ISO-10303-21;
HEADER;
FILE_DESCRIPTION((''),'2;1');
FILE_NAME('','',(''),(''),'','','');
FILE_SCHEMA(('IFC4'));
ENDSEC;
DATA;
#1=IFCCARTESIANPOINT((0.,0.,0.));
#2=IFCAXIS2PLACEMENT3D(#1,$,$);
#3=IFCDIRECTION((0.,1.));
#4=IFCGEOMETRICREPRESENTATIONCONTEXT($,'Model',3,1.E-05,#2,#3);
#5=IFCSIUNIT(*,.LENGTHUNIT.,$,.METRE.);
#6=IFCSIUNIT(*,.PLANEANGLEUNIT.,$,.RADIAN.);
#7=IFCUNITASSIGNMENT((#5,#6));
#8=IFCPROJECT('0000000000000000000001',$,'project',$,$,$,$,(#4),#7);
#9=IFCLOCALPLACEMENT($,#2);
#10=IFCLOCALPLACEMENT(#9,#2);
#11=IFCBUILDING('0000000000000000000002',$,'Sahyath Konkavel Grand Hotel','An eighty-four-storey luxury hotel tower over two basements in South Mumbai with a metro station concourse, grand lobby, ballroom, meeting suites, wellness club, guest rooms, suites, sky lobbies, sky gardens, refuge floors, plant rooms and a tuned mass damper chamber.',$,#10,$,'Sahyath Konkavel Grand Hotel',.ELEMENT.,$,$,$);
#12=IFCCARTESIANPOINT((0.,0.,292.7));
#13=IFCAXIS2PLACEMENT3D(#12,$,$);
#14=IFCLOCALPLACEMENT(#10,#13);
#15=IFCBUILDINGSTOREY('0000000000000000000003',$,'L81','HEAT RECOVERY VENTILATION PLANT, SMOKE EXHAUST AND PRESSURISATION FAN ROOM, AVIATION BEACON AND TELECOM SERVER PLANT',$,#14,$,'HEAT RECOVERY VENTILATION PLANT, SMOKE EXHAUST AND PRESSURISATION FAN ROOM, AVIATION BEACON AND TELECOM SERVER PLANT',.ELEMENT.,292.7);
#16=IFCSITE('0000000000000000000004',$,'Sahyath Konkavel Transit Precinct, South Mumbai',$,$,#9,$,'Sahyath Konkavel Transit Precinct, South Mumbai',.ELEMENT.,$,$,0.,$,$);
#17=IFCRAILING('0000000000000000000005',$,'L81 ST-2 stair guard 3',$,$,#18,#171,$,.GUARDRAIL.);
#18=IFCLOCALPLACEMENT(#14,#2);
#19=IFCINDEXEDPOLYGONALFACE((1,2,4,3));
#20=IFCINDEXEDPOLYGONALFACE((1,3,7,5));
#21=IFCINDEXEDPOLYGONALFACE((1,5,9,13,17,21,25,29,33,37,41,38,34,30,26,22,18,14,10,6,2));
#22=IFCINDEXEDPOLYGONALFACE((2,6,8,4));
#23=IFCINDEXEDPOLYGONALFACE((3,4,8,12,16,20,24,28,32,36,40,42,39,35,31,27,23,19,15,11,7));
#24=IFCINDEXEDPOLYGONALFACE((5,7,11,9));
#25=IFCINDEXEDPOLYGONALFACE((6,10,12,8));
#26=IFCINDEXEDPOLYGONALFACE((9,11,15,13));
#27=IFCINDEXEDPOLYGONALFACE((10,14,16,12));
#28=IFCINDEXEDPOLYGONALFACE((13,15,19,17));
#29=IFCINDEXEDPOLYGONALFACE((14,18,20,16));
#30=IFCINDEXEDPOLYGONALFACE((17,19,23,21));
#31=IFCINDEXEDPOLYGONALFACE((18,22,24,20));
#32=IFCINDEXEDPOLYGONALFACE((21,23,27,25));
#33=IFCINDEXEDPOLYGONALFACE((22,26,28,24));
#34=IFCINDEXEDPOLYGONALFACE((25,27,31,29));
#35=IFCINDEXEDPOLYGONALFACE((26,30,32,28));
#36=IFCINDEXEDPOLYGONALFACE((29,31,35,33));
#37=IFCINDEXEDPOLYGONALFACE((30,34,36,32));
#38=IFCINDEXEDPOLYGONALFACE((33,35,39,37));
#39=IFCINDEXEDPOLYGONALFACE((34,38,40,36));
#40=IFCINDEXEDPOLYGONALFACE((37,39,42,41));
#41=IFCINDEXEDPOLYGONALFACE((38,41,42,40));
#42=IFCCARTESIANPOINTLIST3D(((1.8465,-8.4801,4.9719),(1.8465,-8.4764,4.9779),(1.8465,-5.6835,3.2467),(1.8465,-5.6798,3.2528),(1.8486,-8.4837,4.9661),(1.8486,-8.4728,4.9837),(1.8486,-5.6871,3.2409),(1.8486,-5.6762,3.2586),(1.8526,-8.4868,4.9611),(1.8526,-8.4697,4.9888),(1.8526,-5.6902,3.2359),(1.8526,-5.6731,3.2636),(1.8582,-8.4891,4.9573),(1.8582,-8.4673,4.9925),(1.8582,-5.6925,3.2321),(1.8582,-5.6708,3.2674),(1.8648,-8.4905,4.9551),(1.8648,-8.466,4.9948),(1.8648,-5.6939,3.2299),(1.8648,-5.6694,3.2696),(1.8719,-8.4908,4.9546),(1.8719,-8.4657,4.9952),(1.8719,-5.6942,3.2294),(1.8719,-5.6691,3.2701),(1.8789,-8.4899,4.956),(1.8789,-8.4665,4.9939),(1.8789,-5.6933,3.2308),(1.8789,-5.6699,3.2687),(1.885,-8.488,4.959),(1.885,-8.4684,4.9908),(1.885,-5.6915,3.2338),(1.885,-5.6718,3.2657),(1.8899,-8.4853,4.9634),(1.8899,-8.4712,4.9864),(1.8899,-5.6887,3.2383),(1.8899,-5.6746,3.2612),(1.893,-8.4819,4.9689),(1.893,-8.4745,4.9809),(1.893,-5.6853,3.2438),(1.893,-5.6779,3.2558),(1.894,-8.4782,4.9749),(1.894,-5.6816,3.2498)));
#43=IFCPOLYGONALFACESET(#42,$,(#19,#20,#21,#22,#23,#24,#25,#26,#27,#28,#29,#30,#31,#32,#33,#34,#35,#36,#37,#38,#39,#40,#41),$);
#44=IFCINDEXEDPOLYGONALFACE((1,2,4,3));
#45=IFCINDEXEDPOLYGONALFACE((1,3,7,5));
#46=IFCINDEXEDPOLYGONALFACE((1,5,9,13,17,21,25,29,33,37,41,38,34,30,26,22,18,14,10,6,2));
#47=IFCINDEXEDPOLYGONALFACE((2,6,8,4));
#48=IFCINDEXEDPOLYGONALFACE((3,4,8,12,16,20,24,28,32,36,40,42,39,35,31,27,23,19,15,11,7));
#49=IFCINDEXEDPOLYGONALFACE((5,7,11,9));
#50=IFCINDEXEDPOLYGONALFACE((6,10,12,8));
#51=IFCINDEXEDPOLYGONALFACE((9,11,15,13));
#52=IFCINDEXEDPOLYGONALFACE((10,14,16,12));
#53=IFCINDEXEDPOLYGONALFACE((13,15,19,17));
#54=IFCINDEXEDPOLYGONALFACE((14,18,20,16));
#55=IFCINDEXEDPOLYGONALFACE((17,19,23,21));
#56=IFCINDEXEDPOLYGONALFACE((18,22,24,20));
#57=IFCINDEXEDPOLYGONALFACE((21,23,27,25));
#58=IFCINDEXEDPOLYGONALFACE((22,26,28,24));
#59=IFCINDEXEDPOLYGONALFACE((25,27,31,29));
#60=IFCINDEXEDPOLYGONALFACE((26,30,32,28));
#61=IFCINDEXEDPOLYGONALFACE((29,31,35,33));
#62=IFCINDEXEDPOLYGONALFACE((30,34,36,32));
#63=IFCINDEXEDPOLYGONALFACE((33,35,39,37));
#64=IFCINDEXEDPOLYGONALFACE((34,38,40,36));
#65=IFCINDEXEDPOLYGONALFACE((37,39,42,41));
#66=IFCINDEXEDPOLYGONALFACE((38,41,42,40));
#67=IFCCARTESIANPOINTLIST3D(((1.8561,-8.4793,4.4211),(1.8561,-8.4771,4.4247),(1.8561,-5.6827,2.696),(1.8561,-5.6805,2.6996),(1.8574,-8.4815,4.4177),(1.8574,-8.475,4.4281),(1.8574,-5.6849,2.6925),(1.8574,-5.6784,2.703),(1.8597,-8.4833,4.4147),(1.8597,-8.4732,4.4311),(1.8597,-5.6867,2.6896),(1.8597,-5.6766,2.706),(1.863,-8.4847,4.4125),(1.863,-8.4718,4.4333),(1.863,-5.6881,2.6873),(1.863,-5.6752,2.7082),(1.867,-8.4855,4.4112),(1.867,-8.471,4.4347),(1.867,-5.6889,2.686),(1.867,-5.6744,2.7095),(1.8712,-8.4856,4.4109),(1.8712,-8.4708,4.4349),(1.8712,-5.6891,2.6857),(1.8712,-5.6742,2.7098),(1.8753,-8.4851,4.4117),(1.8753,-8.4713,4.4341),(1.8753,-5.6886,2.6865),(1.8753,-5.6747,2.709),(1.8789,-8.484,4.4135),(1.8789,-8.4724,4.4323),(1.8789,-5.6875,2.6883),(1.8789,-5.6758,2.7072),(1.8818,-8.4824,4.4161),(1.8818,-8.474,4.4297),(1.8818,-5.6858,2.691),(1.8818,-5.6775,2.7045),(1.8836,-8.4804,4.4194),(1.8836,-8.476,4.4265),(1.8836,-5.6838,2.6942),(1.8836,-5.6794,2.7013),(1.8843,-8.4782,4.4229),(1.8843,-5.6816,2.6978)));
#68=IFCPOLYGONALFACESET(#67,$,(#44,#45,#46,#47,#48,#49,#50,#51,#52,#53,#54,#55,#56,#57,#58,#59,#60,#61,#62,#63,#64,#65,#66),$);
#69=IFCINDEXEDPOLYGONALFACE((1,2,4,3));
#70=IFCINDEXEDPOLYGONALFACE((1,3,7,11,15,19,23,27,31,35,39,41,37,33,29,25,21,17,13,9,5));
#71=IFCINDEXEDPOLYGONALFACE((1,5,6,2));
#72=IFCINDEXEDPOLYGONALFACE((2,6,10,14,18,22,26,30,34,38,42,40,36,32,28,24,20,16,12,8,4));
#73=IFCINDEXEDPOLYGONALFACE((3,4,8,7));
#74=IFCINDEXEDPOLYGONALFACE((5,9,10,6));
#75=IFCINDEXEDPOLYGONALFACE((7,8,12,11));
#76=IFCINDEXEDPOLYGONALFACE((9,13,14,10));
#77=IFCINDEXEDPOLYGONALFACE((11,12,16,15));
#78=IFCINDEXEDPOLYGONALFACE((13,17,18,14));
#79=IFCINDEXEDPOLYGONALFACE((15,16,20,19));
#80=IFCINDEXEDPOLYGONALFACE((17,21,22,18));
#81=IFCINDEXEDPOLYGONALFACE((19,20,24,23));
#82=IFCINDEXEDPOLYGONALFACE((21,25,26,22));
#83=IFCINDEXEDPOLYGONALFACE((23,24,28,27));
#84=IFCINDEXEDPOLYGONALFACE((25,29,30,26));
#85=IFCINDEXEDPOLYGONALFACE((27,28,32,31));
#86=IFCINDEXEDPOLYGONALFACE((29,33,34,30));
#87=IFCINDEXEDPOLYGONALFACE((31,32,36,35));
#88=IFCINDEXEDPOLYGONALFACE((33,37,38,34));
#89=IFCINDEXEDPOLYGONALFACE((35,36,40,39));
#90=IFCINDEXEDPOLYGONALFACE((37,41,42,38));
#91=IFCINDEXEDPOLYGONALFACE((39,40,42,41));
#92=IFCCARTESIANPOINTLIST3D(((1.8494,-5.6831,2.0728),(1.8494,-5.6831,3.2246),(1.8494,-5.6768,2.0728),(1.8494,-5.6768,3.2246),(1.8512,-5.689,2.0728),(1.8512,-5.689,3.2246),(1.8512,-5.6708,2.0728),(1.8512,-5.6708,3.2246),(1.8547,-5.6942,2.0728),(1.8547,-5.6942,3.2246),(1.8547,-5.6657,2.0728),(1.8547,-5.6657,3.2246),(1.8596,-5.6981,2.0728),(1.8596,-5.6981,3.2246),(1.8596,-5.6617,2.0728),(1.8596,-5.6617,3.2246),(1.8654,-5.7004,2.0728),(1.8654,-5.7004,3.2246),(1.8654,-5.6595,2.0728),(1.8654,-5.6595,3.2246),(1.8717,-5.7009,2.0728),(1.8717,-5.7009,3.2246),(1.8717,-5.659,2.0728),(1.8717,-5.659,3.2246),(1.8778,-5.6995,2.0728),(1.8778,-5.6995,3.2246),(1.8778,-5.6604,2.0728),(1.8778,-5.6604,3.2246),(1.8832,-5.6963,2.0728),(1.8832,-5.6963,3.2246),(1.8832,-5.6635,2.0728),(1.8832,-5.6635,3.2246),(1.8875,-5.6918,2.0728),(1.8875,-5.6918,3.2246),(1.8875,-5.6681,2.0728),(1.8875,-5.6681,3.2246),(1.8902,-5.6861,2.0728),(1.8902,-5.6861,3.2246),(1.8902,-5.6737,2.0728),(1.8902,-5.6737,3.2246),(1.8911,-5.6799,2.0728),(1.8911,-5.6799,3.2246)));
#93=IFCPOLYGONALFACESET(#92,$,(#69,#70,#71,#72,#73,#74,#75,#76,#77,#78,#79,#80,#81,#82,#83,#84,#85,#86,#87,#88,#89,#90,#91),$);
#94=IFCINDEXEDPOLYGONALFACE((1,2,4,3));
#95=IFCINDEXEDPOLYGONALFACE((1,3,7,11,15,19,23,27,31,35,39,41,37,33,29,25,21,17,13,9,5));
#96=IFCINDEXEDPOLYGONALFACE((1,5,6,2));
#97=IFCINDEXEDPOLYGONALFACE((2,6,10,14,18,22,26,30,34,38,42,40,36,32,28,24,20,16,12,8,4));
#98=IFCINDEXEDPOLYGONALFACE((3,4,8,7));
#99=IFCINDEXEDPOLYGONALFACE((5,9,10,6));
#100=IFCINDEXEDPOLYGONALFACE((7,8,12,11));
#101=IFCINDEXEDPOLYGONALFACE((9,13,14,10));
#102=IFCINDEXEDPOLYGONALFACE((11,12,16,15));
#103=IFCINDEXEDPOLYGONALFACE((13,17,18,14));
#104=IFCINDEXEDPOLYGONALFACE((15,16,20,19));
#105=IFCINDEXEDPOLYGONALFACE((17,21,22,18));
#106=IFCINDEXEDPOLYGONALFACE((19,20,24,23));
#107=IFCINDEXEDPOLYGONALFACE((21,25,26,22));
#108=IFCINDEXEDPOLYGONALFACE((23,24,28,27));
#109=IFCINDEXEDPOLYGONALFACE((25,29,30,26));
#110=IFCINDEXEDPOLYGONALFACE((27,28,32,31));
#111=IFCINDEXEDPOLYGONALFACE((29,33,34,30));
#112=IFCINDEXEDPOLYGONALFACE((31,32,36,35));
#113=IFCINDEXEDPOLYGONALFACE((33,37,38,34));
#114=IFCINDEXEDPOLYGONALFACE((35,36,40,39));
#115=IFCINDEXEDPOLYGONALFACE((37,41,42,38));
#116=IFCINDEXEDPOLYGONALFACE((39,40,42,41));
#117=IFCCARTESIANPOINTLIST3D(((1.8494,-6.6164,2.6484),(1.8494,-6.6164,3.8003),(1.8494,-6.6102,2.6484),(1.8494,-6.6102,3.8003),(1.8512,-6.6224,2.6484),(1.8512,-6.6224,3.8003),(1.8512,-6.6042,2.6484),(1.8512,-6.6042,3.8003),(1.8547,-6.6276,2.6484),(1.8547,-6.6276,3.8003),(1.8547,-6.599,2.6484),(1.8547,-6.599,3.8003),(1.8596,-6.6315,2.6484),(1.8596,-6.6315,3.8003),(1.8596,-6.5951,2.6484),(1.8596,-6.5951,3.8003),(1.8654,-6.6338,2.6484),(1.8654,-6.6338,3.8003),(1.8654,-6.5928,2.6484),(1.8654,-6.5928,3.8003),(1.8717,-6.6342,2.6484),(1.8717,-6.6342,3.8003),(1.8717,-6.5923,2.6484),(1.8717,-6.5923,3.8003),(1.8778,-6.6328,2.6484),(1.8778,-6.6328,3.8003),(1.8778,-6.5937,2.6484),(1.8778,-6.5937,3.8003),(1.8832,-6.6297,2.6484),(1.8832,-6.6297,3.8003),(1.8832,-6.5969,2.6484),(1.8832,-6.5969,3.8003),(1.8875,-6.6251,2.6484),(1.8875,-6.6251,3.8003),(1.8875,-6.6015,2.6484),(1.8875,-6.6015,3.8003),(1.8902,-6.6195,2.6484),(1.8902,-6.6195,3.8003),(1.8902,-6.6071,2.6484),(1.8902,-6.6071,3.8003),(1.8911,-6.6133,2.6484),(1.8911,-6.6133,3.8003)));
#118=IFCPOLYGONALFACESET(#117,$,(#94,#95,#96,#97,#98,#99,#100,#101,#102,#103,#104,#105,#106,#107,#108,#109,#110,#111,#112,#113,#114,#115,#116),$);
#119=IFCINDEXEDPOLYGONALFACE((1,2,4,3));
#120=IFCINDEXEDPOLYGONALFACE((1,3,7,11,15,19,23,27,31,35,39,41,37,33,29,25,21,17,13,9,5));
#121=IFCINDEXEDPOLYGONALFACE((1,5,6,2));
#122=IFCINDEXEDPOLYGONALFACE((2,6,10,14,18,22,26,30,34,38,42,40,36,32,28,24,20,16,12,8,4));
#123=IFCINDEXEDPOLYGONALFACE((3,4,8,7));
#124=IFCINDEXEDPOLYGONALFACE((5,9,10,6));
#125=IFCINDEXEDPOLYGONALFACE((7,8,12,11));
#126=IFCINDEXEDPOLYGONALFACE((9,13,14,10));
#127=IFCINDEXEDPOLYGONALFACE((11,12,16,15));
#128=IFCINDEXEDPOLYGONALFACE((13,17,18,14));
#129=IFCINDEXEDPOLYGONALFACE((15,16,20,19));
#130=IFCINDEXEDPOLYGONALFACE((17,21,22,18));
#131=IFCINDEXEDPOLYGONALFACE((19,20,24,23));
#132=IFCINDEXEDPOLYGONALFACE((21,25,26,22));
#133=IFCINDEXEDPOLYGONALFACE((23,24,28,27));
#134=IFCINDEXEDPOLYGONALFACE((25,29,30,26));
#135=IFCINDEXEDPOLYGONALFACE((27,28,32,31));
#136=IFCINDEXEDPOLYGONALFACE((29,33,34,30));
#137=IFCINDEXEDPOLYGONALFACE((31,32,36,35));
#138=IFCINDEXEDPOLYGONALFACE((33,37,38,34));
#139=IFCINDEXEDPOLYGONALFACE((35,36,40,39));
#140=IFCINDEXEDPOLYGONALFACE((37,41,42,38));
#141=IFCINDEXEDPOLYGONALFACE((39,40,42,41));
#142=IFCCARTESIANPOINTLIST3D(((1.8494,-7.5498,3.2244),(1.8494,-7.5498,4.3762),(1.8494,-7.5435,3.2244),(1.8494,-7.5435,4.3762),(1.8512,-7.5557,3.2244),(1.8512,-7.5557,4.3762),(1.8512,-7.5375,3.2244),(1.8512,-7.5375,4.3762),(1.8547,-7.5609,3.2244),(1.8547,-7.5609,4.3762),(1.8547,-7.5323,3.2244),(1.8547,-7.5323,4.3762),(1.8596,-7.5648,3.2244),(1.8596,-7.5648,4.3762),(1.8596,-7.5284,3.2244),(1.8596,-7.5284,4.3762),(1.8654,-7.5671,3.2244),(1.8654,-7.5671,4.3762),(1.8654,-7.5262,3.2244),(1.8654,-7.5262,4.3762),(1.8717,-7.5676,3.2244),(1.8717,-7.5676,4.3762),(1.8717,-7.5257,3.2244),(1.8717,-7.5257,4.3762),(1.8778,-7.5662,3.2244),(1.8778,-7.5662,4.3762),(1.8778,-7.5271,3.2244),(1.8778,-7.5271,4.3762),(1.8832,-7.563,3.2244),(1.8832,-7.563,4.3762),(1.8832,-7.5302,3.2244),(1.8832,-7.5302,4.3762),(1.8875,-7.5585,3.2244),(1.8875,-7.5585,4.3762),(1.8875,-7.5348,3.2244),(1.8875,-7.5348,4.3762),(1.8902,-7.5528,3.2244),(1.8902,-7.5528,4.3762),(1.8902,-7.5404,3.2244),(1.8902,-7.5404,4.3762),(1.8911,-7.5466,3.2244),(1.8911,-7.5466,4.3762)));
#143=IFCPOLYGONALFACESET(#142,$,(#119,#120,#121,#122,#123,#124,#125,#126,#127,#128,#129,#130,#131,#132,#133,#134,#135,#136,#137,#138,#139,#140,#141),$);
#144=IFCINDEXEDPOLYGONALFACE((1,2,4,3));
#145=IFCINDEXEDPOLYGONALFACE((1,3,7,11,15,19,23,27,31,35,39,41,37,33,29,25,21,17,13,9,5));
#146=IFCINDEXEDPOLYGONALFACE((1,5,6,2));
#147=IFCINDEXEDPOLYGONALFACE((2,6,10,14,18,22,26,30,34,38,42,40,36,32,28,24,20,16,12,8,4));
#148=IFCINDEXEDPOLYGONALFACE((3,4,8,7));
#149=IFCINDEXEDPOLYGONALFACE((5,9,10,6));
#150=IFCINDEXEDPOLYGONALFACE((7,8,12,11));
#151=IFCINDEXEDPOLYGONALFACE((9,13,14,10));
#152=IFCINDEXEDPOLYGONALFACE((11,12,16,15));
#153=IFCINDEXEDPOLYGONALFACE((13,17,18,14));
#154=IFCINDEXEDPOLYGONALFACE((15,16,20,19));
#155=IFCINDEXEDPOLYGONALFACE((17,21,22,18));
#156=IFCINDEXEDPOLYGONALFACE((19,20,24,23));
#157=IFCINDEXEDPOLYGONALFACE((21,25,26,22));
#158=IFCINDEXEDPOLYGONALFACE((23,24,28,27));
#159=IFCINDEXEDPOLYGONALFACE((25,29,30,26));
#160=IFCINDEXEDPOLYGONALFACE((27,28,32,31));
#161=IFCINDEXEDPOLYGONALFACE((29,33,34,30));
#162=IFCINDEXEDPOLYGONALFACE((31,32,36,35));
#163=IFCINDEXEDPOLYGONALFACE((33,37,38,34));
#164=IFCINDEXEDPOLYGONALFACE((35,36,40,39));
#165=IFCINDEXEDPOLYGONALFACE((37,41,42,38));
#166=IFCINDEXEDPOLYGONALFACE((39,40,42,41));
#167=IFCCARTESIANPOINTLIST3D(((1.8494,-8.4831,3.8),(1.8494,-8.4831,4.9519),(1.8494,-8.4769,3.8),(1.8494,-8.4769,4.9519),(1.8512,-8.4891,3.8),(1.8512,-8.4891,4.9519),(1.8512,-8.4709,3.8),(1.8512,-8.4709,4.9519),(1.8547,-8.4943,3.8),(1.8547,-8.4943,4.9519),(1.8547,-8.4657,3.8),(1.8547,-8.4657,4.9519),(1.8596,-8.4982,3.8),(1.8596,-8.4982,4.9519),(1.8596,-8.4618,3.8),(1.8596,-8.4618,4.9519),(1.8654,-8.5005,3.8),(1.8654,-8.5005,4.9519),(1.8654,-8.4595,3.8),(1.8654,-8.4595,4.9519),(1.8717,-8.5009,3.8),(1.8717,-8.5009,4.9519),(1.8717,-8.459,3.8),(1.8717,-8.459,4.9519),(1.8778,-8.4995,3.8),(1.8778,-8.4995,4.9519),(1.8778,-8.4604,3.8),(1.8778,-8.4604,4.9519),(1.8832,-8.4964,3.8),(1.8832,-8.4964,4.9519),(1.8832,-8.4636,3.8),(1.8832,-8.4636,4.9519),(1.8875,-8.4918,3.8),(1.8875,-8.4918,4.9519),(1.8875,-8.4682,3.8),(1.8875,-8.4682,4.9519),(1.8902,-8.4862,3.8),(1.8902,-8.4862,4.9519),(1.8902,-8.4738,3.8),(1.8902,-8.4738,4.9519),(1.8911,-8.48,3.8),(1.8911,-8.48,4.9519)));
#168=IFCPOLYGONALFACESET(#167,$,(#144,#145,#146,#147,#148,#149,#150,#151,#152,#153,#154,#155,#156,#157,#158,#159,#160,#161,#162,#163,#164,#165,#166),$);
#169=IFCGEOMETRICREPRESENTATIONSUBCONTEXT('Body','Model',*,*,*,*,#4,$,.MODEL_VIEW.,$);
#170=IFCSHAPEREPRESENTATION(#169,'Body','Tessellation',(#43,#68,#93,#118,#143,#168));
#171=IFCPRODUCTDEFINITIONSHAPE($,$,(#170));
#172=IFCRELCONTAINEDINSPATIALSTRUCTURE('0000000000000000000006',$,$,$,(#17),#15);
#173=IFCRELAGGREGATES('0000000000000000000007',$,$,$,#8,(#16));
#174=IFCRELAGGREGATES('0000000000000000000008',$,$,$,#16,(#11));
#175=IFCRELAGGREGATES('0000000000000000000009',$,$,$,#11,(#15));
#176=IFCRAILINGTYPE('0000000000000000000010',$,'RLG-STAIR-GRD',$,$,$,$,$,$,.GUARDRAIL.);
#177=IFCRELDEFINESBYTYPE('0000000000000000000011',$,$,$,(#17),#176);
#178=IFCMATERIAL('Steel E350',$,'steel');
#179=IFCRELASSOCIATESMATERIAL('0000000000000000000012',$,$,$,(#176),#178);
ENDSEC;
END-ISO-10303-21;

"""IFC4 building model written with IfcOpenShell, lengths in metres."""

from ifc_helpers import new_model, si_unit, direction, frame, origin, origin_2d, place, context, subcontext, project, spatial, circle, extrude, material, type_object, element, save


model = new_model("IFC4")

# Units and contexts
model_context = context("Model", 3, precision=1e-05, world=origin(), true_north=direction((0.0, 1.0)))
body_context = subcontext(model_context, "Body", "Model", "MODEL_VIEW")
ifc_project = project(units=[si_unit("LENGTHUNIT", "METRE"), si_unit("PLANEANGLEUNIT", "RADIAN")], contexts=[model_context])

# Site, building, storey
site_placement = place(None, origin())
site = spatial("IfcSite", under=ifc_project, at=site_placement, Name="Sahyath Konkavel Transit Precinct, South Mumbai", LongName="Sahyath Konkavel Transit Precinct, South Mumbai", CompositionType="ELEMENT", RefElevation=0.0)
building_placement = place(site_placement, origin())
building = spatial("IfcBuilding", under=site, at=building_placement, Name="Sahyath Konkavel Grand Hotel", Description="An eighty-four-storey luxury hotel tower over two basements in South Mumbai with a metro station concourse, grand lobby, ballroom, meeting suites, wellness club, guest rooms, suites, sky lobbies, sky gardens, refuge floors, plant rooms and a tuned mass damper chamber.", LongName="Sahyath Konkavel Grand Hotel", CompositionType="ELEMENT")
storey_placement = place(building_placement, frame((0.0, 0.0, 292.7)))
storey = spatial("IfcBuildingStorey", under=building, at=storey_placement, Name="L81", Description="HEAT RECOVERY VENTILATION PLANT, SMOKE EXHAUST AND PRESSURISATION FAN ROOM, AVIATION BEACON AND TELECOM SERVER PLANT", LongName="HEAT RECOVERY VENTILATION PLANT, SMOKE EXHAUST AND PRESSURISATION FAN ROOM, AVIATION BEACON AND TELECOM SERVER PLANT", CompositionType="ELEMENT", Elevation=292.7)

# Shared definitions
ifc_material_1 = material(Name="Steel E350", Category="steel")

# Railing
railing_type_1 = type_object("IfcRailingType", Name="RLG-STAIR-GRD", PredefinedType="GUARDRAIL", material=ifc_material_1)
railing_1_placement = place(storey_placement, frame((1.8701, -5.6799, 2.0728)))
element("IfcRailing", 1, at=railing_1_placement, inside=storey, type_object=railing_type_1, Name="L81 ST-2 stair guard 3", PredefinedType="GUARDRAIL", context=body_context, shape_type="SweptSolid", body=[
    extrude(circle(Radius=0.0239, at=origin_2d()), frame((0.0, -0.0017, 1.177), z_axis=(0.0, -0.85109, 0.52502), x_axis=(1.0, 0.0, 0.0)), (0.0, 0.0, 1.0), 3.2859),
    extrude(circle(Radius=0.0142, at=origin_2d()), frame((0.0, -0.0017, 0.625), z_axis=(0.0, -0.85109, 0.52502), x_axis=(1.0, 0.0, 0.0)), (0.0, 0.0, 1.0), 3.2859),
    extrude(circle(Radius=0.021, at=origin_2d()), origin(), (0.0, 0.0, 1.0), 1.1519),
    extrude(circle(Radius=0.021, at=origin_2d()), frame((0.0, -0.9333, 0.5757)), (0.0, 0.0, 1.0), 1.1519),
    extrude(circle(Radius=0.021, at=origin_2d()), frame((0.0, -1.8667, 1.1516)), (0.0, 0.0, 1.0), 1.1519),
    extrude(circle(Radius=0.021, at=origin_2d()), frame((0.0, -2.8, 1.7273)), (0.0, 0.0, 1.0), 1.1519),
])

save(model, "model.ifc")
